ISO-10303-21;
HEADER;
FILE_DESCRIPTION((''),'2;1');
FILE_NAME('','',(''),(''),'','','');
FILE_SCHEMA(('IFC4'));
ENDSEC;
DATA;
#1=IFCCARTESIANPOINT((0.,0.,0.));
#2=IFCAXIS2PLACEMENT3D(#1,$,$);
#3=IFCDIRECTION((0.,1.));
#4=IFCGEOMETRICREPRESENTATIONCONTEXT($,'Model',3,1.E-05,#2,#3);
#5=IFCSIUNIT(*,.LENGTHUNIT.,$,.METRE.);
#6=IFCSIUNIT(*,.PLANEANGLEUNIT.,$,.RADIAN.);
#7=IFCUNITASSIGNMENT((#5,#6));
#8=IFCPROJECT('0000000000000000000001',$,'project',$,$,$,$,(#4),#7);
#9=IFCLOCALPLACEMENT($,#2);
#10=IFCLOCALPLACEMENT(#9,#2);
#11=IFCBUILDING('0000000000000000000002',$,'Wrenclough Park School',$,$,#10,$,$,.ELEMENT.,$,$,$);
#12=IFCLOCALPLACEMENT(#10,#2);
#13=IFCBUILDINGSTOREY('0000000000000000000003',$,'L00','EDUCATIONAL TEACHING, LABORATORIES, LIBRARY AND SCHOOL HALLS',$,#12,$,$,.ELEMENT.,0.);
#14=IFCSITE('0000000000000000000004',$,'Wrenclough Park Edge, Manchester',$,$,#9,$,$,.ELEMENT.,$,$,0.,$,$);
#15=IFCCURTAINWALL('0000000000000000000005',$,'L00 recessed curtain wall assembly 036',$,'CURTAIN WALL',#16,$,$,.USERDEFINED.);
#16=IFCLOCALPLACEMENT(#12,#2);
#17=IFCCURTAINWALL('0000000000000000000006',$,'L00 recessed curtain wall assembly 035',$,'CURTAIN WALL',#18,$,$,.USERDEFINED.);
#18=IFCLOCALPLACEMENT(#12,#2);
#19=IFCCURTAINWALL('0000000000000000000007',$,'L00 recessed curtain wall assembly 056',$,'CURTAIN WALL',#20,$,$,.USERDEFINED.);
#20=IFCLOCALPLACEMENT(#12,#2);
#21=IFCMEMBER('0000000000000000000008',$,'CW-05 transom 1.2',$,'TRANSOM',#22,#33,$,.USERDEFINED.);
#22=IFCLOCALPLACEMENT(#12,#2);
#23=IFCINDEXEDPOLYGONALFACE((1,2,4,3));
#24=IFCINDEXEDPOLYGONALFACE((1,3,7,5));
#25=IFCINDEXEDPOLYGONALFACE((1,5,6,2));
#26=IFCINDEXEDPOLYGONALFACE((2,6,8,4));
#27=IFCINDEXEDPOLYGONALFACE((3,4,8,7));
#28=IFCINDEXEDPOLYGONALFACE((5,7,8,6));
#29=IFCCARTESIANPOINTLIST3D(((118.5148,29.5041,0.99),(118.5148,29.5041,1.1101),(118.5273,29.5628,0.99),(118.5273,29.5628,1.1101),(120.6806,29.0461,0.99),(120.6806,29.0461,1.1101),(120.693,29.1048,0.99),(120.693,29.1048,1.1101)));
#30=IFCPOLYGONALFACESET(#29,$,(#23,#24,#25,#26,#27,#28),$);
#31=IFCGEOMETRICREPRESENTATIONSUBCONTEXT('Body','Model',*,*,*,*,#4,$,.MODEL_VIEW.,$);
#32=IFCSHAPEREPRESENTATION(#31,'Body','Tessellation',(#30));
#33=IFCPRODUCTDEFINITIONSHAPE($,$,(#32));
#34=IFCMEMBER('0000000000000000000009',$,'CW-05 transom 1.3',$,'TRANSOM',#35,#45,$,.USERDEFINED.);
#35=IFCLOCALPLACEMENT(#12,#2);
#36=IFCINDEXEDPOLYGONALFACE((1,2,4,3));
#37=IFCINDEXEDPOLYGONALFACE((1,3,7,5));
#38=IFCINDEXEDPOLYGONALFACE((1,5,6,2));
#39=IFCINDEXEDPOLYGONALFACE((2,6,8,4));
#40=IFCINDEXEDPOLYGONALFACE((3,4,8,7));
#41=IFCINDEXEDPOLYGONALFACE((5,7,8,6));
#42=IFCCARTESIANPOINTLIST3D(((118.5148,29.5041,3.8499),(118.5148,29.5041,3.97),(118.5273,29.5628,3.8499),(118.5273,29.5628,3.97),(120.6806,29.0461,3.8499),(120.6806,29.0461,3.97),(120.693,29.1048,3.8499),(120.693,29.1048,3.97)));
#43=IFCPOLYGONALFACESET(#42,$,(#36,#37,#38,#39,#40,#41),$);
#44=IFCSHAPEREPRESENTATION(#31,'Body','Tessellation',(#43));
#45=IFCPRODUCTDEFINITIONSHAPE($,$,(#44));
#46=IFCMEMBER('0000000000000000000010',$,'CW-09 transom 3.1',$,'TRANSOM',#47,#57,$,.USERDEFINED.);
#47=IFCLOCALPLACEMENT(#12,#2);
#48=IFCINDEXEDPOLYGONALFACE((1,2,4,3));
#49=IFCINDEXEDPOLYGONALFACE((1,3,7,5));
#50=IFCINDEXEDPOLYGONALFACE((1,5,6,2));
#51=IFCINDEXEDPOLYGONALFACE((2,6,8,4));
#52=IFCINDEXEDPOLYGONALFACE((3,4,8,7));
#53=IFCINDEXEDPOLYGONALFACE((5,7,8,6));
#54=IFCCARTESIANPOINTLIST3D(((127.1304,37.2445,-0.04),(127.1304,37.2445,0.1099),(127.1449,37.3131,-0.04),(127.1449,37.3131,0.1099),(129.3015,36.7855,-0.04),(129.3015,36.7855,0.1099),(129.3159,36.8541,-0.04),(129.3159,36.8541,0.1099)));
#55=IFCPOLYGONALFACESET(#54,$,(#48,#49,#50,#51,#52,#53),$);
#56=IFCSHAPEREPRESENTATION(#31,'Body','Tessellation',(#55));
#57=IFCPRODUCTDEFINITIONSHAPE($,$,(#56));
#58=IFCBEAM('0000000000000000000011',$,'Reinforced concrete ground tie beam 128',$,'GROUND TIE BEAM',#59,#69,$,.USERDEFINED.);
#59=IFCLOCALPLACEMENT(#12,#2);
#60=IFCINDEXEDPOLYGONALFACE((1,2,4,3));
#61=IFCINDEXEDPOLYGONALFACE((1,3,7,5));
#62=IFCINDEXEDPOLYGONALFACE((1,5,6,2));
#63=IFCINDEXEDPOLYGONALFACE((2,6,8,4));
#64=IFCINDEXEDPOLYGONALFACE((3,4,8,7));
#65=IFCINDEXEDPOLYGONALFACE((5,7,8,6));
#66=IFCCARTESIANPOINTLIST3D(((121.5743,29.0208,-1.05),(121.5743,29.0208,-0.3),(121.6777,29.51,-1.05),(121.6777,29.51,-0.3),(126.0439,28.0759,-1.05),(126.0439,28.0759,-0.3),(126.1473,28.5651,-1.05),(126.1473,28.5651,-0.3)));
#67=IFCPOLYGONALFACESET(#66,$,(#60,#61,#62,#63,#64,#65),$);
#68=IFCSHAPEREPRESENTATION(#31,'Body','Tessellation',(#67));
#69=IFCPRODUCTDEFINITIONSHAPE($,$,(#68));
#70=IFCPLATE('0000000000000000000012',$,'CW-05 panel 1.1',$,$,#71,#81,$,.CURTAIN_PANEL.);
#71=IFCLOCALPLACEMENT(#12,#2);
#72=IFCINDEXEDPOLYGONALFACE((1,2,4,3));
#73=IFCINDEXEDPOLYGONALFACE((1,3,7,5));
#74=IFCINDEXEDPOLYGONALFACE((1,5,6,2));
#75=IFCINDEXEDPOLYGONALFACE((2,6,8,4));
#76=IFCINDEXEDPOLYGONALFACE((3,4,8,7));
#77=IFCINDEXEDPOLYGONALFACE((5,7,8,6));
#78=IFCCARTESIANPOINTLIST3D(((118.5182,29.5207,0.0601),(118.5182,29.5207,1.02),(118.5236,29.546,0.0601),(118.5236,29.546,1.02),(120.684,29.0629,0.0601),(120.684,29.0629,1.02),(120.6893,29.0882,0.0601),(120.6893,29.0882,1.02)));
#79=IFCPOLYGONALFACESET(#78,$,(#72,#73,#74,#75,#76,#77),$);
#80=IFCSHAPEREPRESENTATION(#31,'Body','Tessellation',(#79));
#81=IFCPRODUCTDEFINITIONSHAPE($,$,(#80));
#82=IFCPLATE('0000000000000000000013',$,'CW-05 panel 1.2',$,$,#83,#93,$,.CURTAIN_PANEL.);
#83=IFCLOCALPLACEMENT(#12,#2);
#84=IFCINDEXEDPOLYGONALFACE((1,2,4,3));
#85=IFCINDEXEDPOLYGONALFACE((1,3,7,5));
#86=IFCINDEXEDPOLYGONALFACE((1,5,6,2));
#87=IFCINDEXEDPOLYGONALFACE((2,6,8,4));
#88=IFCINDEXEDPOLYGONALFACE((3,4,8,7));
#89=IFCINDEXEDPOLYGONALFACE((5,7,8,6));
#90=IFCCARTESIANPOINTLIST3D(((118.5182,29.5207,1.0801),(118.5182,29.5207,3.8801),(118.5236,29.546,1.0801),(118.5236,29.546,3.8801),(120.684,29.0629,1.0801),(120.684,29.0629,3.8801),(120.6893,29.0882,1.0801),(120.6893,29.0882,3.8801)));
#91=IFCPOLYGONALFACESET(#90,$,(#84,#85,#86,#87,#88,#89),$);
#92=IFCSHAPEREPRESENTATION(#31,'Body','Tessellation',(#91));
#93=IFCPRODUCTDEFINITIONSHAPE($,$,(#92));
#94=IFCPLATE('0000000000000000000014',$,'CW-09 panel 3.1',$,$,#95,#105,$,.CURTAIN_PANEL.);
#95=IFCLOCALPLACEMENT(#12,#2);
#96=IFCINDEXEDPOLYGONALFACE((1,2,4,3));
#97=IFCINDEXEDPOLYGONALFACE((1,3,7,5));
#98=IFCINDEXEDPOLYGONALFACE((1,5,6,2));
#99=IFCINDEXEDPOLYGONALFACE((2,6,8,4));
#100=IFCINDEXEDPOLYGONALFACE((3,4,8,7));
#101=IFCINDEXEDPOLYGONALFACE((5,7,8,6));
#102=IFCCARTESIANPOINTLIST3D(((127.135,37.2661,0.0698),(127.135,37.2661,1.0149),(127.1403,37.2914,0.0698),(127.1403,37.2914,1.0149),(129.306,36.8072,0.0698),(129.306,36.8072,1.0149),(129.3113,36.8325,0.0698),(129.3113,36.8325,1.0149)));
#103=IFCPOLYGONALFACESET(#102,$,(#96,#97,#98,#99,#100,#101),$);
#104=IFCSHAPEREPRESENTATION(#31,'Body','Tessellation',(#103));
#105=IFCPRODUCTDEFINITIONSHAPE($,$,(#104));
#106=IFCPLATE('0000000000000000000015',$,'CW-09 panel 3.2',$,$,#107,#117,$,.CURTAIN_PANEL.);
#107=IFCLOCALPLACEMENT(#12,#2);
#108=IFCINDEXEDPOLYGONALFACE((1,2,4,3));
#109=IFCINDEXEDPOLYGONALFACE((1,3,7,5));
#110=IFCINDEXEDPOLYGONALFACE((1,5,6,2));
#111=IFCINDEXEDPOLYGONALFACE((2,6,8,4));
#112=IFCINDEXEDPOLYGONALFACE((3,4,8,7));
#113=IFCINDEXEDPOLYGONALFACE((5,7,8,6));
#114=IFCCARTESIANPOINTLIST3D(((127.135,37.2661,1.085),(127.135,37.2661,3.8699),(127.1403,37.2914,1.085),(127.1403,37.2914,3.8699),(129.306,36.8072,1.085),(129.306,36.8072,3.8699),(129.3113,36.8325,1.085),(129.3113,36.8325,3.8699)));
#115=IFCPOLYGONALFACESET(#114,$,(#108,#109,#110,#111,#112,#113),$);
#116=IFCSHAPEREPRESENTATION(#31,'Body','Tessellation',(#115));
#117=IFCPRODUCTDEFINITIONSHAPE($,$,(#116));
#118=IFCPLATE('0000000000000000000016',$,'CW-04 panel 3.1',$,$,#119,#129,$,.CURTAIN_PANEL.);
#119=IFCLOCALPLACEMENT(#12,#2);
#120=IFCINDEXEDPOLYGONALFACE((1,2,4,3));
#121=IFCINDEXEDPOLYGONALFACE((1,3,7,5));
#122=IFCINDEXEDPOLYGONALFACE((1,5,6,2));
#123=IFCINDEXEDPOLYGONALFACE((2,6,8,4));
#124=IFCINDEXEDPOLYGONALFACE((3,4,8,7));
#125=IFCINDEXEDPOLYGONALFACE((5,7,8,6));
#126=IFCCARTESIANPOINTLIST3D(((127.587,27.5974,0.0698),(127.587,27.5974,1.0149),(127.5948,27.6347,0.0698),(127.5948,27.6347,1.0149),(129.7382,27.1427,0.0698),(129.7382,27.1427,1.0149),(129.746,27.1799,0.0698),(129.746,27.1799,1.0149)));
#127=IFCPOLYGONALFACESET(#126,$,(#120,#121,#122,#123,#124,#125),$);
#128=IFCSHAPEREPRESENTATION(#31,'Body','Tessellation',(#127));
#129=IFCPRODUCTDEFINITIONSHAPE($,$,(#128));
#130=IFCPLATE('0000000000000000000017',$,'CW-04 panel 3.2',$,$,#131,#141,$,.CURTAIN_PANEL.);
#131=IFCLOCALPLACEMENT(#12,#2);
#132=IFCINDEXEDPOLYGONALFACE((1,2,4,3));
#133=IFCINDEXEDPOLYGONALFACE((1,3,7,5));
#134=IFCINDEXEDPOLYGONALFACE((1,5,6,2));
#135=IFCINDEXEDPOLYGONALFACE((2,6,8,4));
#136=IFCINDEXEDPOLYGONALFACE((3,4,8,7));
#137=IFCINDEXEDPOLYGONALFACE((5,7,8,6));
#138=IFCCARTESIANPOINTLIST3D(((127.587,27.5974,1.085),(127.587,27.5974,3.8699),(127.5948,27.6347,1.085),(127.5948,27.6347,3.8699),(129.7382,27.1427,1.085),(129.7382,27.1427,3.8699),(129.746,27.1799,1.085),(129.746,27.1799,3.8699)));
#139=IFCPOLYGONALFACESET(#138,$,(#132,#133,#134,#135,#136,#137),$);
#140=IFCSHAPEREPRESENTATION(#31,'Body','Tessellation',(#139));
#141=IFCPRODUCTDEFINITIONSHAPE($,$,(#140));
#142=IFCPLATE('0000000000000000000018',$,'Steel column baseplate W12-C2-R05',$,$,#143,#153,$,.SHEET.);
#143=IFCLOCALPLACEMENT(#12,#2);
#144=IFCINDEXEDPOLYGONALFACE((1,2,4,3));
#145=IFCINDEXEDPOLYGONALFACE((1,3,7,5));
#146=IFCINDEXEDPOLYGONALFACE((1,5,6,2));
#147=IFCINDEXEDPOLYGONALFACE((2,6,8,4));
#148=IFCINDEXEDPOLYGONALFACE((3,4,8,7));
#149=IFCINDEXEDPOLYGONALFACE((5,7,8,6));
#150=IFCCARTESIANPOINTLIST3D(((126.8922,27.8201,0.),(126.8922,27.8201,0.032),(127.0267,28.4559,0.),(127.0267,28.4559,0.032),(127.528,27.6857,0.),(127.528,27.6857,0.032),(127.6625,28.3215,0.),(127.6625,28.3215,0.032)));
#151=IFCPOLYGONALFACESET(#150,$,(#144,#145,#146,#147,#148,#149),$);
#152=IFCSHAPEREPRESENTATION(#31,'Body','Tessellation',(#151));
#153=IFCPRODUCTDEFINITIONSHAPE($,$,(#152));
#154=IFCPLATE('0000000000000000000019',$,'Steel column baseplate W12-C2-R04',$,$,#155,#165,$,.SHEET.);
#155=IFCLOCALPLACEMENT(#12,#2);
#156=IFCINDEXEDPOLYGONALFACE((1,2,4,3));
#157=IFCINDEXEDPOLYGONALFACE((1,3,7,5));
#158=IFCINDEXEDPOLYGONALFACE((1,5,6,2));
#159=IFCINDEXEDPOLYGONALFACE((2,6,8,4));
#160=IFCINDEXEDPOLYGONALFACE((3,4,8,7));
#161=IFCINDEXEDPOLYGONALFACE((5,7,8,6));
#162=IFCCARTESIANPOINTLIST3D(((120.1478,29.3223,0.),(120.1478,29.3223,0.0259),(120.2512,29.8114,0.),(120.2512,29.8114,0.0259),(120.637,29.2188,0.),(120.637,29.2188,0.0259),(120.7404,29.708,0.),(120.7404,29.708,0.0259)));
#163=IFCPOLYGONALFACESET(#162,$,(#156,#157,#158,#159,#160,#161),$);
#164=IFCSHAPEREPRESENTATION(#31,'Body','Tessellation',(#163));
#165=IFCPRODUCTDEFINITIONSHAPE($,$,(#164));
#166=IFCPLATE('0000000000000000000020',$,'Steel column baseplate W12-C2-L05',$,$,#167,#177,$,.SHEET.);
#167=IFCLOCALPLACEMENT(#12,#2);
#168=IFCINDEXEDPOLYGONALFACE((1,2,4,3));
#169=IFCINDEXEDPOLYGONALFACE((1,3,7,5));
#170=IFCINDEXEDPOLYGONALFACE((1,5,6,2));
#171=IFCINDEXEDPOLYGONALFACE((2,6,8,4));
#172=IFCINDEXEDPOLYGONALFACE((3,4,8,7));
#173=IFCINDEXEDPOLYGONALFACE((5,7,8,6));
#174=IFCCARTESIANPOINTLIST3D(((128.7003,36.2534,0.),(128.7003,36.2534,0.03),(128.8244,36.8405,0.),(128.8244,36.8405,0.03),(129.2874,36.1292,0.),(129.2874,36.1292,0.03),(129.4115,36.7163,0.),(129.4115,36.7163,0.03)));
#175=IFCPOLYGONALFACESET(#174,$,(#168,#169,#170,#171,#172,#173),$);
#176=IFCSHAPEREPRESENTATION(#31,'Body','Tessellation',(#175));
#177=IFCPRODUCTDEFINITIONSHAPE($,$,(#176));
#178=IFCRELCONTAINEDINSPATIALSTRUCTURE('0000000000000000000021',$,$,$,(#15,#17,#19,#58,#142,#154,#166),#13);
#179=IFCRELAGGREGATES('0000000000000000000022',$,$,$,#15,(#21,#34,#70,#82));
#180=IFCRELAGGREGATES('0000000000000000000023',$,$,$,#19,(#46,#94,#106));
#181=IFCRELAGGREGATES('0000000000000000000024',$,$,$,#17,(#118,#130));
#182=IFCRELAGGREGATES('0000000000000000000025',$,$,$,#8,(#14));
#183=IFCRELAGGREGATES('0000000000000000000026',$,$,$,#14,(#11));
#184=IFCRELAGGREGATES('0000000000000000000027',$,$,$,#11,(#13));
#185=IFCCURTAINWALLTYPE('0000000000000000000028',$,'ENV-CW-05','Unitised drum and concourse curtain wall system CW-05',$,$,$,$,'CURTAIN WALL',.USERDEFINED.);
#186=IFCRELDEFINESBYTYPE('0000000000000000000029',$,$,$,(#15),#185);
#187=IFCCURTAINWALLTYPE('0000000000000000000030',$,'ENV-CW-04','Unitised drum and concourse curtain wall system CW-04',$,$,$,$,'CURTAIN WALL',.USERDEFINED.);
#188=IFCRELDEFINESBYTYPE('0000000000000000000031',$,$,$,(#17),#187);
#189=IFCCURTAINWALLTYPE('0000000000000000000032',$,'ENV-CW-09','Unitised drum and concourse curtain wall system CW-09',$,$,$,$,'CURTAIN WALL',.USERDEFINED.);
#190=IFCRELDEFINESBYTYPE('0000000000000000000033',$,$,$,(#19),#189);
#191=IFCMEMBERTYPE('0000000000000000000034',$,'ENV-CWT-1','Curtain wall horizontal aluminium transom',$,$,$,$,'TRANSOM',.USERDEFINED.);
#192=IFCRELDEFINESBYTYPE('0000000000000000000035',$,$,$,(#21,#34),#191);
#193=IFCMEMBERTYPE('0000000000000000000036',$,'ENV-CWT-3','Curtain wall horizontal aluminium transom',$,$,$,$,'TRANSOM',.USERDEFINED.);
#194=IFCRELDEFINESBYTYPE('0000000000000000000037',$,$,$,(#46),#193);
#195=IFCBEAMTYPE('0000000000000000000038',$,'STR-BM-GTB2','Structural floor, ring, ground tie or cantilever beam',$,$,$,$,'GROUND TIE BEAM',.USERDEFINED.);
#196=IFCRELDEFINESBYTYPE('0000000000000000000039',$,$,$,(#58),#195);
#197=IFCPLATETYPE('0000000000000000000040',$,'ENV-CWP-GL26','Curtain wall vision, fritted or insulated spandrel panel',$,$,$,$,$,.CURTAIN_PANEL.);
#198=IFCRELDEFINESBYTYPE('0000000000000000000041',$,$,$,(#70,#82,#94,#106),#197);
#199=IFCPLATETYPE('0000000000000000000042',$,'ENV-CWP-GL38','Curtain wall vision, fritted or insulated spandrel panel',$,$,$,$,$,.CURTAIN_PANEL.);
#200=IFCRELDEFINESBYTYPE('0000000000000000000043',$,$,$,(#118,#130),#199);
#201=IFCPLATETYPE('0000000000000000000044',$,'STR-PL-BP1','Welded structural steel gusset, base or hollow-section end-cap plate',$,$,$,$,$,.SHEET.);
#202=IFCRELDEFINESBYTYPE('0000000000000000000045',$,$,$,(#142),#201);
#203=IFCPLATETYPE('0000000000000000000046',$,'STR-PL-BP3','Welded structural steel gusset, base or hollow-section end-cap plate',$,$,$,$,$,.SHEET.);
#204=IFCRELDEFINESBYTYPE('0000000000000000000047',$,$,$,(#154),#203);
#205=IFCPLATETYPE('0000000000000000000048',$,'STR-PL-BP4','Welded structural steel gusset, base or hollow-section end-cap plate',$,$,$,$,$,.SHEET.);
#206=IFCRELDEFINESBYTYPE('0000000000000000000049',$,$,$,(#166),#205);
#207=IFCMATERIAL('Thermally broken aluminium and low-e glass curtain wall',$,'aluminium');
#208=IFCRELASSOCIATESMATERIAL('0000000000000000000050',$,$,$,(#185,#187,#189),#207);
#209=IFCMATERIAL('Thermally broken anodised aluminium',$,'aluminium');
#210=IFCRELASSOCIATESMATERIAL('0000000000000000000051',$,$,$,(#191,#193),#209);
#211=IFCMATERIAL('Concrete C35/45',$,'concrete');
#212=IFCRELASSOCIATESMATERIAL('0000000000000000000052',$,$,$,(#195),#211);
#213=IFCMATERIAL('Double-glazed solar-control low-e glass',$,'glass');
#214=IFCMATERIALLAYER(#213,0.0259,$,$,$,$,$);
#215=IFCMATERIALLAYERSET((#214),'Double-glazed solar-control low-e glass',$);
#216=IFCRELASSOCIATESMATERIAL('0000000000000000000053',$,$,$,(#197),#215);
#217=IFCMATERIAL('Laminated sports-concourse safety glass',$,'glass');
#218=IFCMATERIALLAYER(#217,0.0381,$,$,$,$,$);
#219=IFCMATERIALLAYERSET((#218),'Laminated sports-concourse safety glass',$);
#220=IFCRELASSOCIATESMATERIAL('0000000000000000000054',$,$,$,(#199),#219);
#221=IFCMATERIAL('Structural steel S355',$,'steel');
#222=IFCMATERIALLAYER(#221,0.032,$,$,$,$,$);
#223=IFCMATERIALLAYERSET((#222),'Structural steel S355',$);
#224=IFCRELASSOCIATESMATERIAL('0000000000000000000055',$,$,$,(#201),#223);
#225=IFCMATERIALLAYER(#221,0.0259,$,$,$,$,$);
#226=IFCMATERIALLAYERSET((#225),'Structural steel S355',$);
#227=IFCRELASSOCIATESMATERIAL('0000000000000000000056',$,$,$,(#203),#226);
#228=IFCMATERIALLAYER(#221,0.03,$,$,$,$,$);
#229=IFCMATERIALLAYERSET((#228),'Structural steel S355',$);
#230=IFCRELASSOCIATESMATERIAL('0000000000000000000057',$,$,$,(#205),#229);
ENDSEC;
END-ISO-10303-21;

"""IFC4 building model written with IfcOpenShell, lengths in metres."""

from ifc_helpers import new_model, si_unit, direction, frame, origin, origin_2d, place, context, subcontext, project, spatial, rectangle, extrude, material, layer, layer_set, material_profile, profile_set, type_object, element, aggregate, save


model = new_model("IFC4")

# Units and contexts
model_context = context("Model", 3, precision=1e-05, world=origin(), true_north=direction((0.0, 1.0)))
body_context = subcontext(model_context, "Body", "Model", "MODEL_VIEW")
ifc_project = project(units=[si_unit("LENGTHUNIT", "METRE"), si_unit("PLANEANGLEUNIT", "RADIAN")], contexts=[model_context])

# Site, building, storey
site_placement = place(None, origin())
site = spatial("IfcSite", under=ifc_project, at=site_placement, Name="Wrenclough Park Edge, Manchester", CompositionType="ELEMENT", RefElevation=0.0)
building_placement = place(site_placement, origin())
building = spatial("IfcBuilding", under=site, at=building_placement, Name="Wrenclough Park School", CompositionType="ELEMENT")
storey_placement = place(building_placement, origin())
storey = spatial("IfcBuildingStorey", under=building, at=storey_placement, Name="L00", Description="EDUCATIONAL TEACHING, LABORATORIES, LIBRARY AND SCHOOL HALLS", CompositionType="ELEMENT", Elevation=0.0)

# Shared definitions
ifc_material_1 = material(Name="Concrete C35/45", Category="concrete")

# Shared definitions
ifc_material_2 = material(Name="Structural steel S355", Category="steel")

# Curtain walls
ifc_material_3 = material(Name="Thermally broken aluminium and low-e glass curtain wall", Category="aluminium")
curtain_wall_type_1 = type_object("IfcCurtainWallType", Name="ENV-CW-05", Description="Unitised drum and concourse curtain wall system CW-05", ElementType="CURTAIN WALL", PredefinedType="USERDEFINED", material=ifc_material_3)
curtain_wall_1_placement = place(storey_placement, origin())
curtain_wall_1 = element("IfcCurtainWall", 1, at=curtain_wall_1_placement, inside=storey, type_object=curtain_wall_type_1, Name="L00 recessed curtain wall assembly 036", ObjectType="CURTAIN WALL", PredefinedType="USERDEFINED")
ifc_material_4 = material(Name="Thermally broken anodised aluminium", Category="aluminium")
curtain_wall_type_2 = type_object("IfcCurtainWallType", Name="ENV-CW-04", Description="Unitised drum and concourse curtain wall system CW-04", ElementType="CURTAIN WALL", PredefinedType="USERDEFINED", material=ifc_material_3)
curtain_wall_2_placement = place(storey_placement, origin())
curtain_wall_2 = element("IfcCurtainWall", 2, at=curtain_wall_2_placement, inside=storey, type_object=curtain_wall_type_2, Name="L00 recessed curtain wall assembly 035", ObjectType="CURTAIN WALL", PredefinedType="USERDEFINED")
curtain_wall_type_3 = type_object("IfcCurtainWallType", Name="ENV-CW-09", Description="Unitised drum and concourse curtain wall system CW-09", ElementType="CURTAIN WALL", PredefinedType="USERDEFINED", material=ifc_material_3)
curtain_wall_3_placement = place(storey_placement, origin())
curtain_wall_3 = element("IfcCurtainWall", 3, at=curtain_wall_3_placement, inside=storey, type_object=curtain_wall_type_3, Name="L00 recessed curtain wall assembly 056", ObjectType="CURTAIN WALL", PredefinedType="USERDEFINED")

# Members
ifc_material_profile_1 = material_profile(ifc_material_4, rectangle(XDim=0.0601, YDim=0.1201, at=origin_2d()), Name="AL TRANSOM 60x120")
ifc_profile_set_1 = profile_set([ifc_material_profile_1], Name="Thermally broken anodised aluminium")
member_type_1 = type_object("IfcMemberType", Name="ENV-CWT-1", Description="Curtain wall horizontal aluminium transom", ElementType="TRANSOM", PredefinedType="USERDEFINED", material=ifc_profile_set_1)
member_1_placement = place(storey_placement, frame((120.6868, 29.0754, 1.05), z_axis=(-0.978362, 0.2069, 0.0), x_axis=(-0.2069, -0.978362, 0.0)))
member_1 = element("IfcMember", 4, at=member_1_placement, type_object=member_type_1, Name="CW-05 transom 1.2", ObjectType="TRANSOM", PredefinedType="USERDEFINED", context=body_context, shape_type="SweptSolid", body=[
    extrude(rectangle(XDim=0.0601, YDim=0.1201, at=origin_2d()), origin(), (0.0, 0.0, 1.0), 2.2136),
])
member_2_placement = place(storey_placement, frame((120.6868, 29.0754, 3.9099), z_axis=(-0.978362, 0.2069, 0.0), x_axis=(-0.2069, -0.978362, 0.0)))
member_2 = element("IfcMember", 5, at=member_2_placement, type_object=member_type_1, Name="CW-05 transom 1.3", ObjectType="TRANSOM", PredefinedType="USERDEFINED", context=body_context, shape_type="SweptSolid", body=[
    extrude(rectangle(XDim=0.0601, YDim=0.1201, at=origin_2d()), origin(), (0.0, 0.0, 1.0), 2.2136),
])
ifc_material_profile_2 = material_profile(ifc_material_4, rectangle(XDim=0.0701, YDim=0.1499, at=origin_2d()), Name="AL TRANSOM 70x150")
ifc_profile_set_2 = profile_set([ifc_material_profile_2], Name="Thermally broken anodised aluminium")
member_type_2 = type_object("IfcMemberType", Name="ENV-CWT-3", Description="Curtain wall horizontal aluminium transom", ElementType="TRANSOM", PredefinedType="USERDEFINED", material=ifc_profile_set_2)
member_3_placement = place(storey_placement, frame((127.1377, 37.2788, 0.0349), z_axis=(0.978372, -0.206853, 0.0), x_axis=(0.206853, 0.978372, 0.0)))
member_3 = element("IfcMember", 6, at=member_3_placement, type_object=member_type_2, Name="CW-09 transom 3.1", ObjectType="TRANSOM", PredefinedType="USERDEFINED", context=body_context, shape_type="SweptSolid", body=[
    extrude(rectangle(XDim=0.0701, YDim=0.1499, at=origin_2d()), origin(), (0.0, 0.0, 1.0), 2.219),
])

# Beam
ifc_material_profile_3 = material_profile(ifc_material_1, rectangle(XDim=0.5, YDim=0.75, at=origin_2d()), Name="RC GROUND 500x750")
ifc_profile_set_3 = profile_set([ifc_material_profile_3], Name="Concrete C35/45")
beam_type = type_object("IfcBeamType", Name="STR-BM-GTB2", Description="Structural floor, ring, ground tie or cantilever beam", ElementType="GROUND TIE BEAM", PredefinedType="USERDEFINED", material=ifc_profile_set_3)
beam_placement = place(storey_placement, frame((121.626, 29.2654, -0.675), z_axis=(0.978378, -0.206824, 0.0), x_axis=(0.206824, 0.978378, 0.0)))
element("IfcBeam", 7, at=beam_placement, inside=storey, type_object=beam_type, Name="Reinforced concrete ground tie beam 128", ObjectType="GROUND TIE BEAM", PredefinedType="USERDEFINED", context=body_context, shape_type="SweptSolid", body=[
    extrude(rectangle(XDim=0.5, YDim=0.75, at=origin_2d()), origin(), (0.0, 0.0, 1.0), 4.5684),
])

# Plates
ifc_material_5 = material(Name="Double-glazed solar-control low-e glass", Category="glass")
ifc_layer_1 = layer(ifc_material_5, 0.0259)
ifc_layer_set_1 = layer_set([ifc_layer_1], Name="Double-glazed solar-control low-e glass")
plate_type_1 = type_object("IfcPlateType", Name="ENV-CWP-GL26", Description="Curtain wall vision, fritted or insulated spandrel panel", PredefinedType="CURTAIN_PANEL", material=ifc_layer_set_1)
plate_1_placement = place(storey_placement, frame((119.6038, 29.3044, 0.0601), z_axis=(0.0, 0.0, 1.0), x_axis=(-0.97838, 0.206815, 0.0)))
plate_1 = element("IfcPlate", 8, at=plate_1_placement, type_object=plate_type_1, Name="CW-05 panel 1.1", PredefinedType="CURTAIN_PANEL", context=body_context, shape_type="SweptSolid", body=[
    extrude(rectangle(XDim=2.2136, YDim=0.0259, at=origin_2d()), origin(), (0.0, 0.0, 1.0), 0.96),
])
plate_2_placement = place(storey_placement, frame((119.6038, 29.3044, 1.0801), z_axis=(0.0, 0.0, 1.0), x_axis=(-0.97838, 0.206815, 0.0)))
plate_2 = element("IfcPlate", 9, at=plate_2_placement, type_object=plate_type_1, Name="CW-05 panel 1.2", PredefinedType="CURTAIN_PANEL", context=body_context, shape_type="SweptSolid", body=[
    extrude(rectangle(XDim=2.2136, YDim=0.0259, at=origin_2d()), origin(), (0.0, 0.0, 1.0), 2.8),
])
aggregate(curtain_wall_1, [member_1, member_2, plate_1, plate_2])
plate_3_placement = place(storey_placement, frame((128.2231, 37.0493, 0.0698), z_axis=(0.0, 0.0, 1.0), x_axis=(0.978379, -0.20682, 0.0)))
plate_3 = element("IfcPlate", 10, at=plate_3_placement, type_object=plate_type_1, Name="CW-09 panel 3.1", PredefinedType="CURTAIN_PANEL", context=body_context, shape_type="SweptSolid", body=[
    extrude(rectangle(XDim=2.219, YDim=0.0259, at=origin_2d()), origin(), (0.0, 0.0, 1.0), 0.9451),
])
plate_4_placement = place(storey_placement, frame((128.2231, 37.0493, 1.085), z_axis=(0.0, 0.0, 1.0), x_axis=(0.978379, -0.20682, 0.0)))
plate_4 = element("IfcPlate", 11, at=plate_4_placement, type_object=plate_type_1, Name="CW-09 panel 3.2", PredefinedType="CURTAIN_PANEL", context=body_context, shape_type="SweptSolid", body=[
    extrude(rectangle(XDim=2.219, YDim=0.0259, at=origin_2d()), origin(), (0.0, 0.0, 1.0), 2.7849),
])
aggregate(curtain_wall_3, [member_3, plate_3, plate_4])
ifc_material_6 = material(Name="Laminated sports-concourse safety glass", Category="glass")
ifc_layer_2 = layer(ifc_material_6, 0.0381)
ifc_layer_set_2 = layer_set([ifc_layer_2], Name="Laminated sports-concourse safety glass")
plate_type_2 = type_object("IfcPlateType", Name="ENV-CWP-GL38", Description="Curtain wall vision, fritted or insulated spandrel panel", PredefinedType="CURTAIN_PANEL", material=ifc_layer_set_2)
plate_5_placement = place(storey_placement, frame((128.6665, 27.3887, 0.0698), z_axis=(0.0, 0.0, 1.0), x_axis=(-0.978379, 0.206818, 0.0)))
plate_5 = element("IfcPlate", 12, at=plate_5_placement, type_object=plate_type_2, Name="CW-04 panel 3.1", PredefinedType="CURTAIN_PANEL", context=body_context, shape_type="SweptSolid", body=[
    extrude(rectangle(XDim=2.1987, YDim=0.0381, at=origin_2d()), origin(), (0.0, 0.0, 1.0), 0.9451),
])
plate_6_placement = place(storey_placement, frame((128.6665, 27.3887, 1.085), z_axis=(0.0, 0.0, 1.0), x_axis=(-0.978379, 0.206818, 0.0)))
plate_6 = element("IfcPlate", 13, at=plate_6_placement, type_object=plate_type_2, Name="CW-04 panel 3.2", PredefinedType="CURTAIN_PANEL", context=body_context, shape_type="SweptSolid", body=[
    extrude(rectangle(XDim=2.1987, YDim=0.0381, at=origin_2d()), origin(), (0.0, 0.0, 1.0), 2.7849),
])
aggregate(curtain_wall_2, [plate_5, plate_6])

# Plates
ifc_layer_3 = layer(ifc_material_2, 0.032)
ifc_layer_set_3 = layer_set([ifc_layer_3], Name="Structural steel S355")
plate_type_3 = type_object("IfcPlateType", Name="STR-PL-BP1", Description="Welded structural steel gusset, base or hollow-section end-cap plate", PredefinedType="SHEET", material=ifc_layer_set_3)
plate_7_placement = place(storey_placement, frame((127.2773, 28.0708, 0.0), z_axis=(0.0, 0.0, 1.0), x_axis=(0.978365, -0.206887, 0.0)))
element("IfcPlate", 14, at=plate_7_placement, inside=storey, type_object=plate_type_3, Name="Steel column baseplate W12-C2-R05", PredefinedType="SHEET", context=body_context, shape_type="SweptSolid", body=[
    extrude(rectangle(XDim=0.6499, YDim=0.6499, at=origin_2d()), origin(), (0.0, 0.0, 1.0), 0.032),
])
ifc_layer_4 = layer(ifc_material_2, 0.0259)
ifc_layer_set_4 = layer_set([ifc_layer_4], Name="Structural steel S355")
plate_type_4 = type_object("IfcPlateType", Name="STR-PL-BP3", Description="Welded structural steel gusset, base or hollow-section end-cap plate", PredefinedType="SHEET", material=ifc_layer_set_4)
plate_8_placement = place(storey_placement, frame((120.4441, 29.5151, 0.0), z_axis=(0.0, 0.0, 1.0), x_axis=(0.978365, -0.206887, 0.0)))
element("IfcPlate", 15, at=plate_8_placement, inside=storey, type_object=plate_type_4, Name="Steel column baseplate W12-C2-R04", PredefinedType="SHEET", context=body_context, shape_type="SweptSolid", body=[
    extrude(rectangle(XDim=0.5, YDim=0.5, at=origin_2d()), origin(), (0.0, 0.0, 1.0), 0.0259),
])
ifc_layer_5 = layer(ifc_material_2, 0.03)
ifc_layer_set_5 = layer_set([ifc_layer_5], Name="Structural steel S355")
plate_type_5 = type_object("IfcPlateType", Name="STR-PL-BP4", Description="Welded structural steel gusset, base or hollow-section end-cap plate", PredefinedType="SHEET", material=ifc_layer_set_5)
plate_9_placement = place(storey_placement, frame((129.0559, 36.4849, 0.0), z_axis=(0.0, 0.0, 1.0), x_axis=(0.978365, -0.206887, 0.0)))
element("IfcPlate", 16, at=plate_9_placement, inside=storey, type_object=plate_type_5, Name="Steel column baseplate W12-C2-L05", PredefinedType="SHEET", context=body_context, shape_type="SweptSolid", body=[
    extrude(rectangle(XDim=0.6001, YDim=0.6001, at=origin_2d()), origin(), (0.0, 0.0, 1.0), 0.03),
])

save(model, "model.ifc")
